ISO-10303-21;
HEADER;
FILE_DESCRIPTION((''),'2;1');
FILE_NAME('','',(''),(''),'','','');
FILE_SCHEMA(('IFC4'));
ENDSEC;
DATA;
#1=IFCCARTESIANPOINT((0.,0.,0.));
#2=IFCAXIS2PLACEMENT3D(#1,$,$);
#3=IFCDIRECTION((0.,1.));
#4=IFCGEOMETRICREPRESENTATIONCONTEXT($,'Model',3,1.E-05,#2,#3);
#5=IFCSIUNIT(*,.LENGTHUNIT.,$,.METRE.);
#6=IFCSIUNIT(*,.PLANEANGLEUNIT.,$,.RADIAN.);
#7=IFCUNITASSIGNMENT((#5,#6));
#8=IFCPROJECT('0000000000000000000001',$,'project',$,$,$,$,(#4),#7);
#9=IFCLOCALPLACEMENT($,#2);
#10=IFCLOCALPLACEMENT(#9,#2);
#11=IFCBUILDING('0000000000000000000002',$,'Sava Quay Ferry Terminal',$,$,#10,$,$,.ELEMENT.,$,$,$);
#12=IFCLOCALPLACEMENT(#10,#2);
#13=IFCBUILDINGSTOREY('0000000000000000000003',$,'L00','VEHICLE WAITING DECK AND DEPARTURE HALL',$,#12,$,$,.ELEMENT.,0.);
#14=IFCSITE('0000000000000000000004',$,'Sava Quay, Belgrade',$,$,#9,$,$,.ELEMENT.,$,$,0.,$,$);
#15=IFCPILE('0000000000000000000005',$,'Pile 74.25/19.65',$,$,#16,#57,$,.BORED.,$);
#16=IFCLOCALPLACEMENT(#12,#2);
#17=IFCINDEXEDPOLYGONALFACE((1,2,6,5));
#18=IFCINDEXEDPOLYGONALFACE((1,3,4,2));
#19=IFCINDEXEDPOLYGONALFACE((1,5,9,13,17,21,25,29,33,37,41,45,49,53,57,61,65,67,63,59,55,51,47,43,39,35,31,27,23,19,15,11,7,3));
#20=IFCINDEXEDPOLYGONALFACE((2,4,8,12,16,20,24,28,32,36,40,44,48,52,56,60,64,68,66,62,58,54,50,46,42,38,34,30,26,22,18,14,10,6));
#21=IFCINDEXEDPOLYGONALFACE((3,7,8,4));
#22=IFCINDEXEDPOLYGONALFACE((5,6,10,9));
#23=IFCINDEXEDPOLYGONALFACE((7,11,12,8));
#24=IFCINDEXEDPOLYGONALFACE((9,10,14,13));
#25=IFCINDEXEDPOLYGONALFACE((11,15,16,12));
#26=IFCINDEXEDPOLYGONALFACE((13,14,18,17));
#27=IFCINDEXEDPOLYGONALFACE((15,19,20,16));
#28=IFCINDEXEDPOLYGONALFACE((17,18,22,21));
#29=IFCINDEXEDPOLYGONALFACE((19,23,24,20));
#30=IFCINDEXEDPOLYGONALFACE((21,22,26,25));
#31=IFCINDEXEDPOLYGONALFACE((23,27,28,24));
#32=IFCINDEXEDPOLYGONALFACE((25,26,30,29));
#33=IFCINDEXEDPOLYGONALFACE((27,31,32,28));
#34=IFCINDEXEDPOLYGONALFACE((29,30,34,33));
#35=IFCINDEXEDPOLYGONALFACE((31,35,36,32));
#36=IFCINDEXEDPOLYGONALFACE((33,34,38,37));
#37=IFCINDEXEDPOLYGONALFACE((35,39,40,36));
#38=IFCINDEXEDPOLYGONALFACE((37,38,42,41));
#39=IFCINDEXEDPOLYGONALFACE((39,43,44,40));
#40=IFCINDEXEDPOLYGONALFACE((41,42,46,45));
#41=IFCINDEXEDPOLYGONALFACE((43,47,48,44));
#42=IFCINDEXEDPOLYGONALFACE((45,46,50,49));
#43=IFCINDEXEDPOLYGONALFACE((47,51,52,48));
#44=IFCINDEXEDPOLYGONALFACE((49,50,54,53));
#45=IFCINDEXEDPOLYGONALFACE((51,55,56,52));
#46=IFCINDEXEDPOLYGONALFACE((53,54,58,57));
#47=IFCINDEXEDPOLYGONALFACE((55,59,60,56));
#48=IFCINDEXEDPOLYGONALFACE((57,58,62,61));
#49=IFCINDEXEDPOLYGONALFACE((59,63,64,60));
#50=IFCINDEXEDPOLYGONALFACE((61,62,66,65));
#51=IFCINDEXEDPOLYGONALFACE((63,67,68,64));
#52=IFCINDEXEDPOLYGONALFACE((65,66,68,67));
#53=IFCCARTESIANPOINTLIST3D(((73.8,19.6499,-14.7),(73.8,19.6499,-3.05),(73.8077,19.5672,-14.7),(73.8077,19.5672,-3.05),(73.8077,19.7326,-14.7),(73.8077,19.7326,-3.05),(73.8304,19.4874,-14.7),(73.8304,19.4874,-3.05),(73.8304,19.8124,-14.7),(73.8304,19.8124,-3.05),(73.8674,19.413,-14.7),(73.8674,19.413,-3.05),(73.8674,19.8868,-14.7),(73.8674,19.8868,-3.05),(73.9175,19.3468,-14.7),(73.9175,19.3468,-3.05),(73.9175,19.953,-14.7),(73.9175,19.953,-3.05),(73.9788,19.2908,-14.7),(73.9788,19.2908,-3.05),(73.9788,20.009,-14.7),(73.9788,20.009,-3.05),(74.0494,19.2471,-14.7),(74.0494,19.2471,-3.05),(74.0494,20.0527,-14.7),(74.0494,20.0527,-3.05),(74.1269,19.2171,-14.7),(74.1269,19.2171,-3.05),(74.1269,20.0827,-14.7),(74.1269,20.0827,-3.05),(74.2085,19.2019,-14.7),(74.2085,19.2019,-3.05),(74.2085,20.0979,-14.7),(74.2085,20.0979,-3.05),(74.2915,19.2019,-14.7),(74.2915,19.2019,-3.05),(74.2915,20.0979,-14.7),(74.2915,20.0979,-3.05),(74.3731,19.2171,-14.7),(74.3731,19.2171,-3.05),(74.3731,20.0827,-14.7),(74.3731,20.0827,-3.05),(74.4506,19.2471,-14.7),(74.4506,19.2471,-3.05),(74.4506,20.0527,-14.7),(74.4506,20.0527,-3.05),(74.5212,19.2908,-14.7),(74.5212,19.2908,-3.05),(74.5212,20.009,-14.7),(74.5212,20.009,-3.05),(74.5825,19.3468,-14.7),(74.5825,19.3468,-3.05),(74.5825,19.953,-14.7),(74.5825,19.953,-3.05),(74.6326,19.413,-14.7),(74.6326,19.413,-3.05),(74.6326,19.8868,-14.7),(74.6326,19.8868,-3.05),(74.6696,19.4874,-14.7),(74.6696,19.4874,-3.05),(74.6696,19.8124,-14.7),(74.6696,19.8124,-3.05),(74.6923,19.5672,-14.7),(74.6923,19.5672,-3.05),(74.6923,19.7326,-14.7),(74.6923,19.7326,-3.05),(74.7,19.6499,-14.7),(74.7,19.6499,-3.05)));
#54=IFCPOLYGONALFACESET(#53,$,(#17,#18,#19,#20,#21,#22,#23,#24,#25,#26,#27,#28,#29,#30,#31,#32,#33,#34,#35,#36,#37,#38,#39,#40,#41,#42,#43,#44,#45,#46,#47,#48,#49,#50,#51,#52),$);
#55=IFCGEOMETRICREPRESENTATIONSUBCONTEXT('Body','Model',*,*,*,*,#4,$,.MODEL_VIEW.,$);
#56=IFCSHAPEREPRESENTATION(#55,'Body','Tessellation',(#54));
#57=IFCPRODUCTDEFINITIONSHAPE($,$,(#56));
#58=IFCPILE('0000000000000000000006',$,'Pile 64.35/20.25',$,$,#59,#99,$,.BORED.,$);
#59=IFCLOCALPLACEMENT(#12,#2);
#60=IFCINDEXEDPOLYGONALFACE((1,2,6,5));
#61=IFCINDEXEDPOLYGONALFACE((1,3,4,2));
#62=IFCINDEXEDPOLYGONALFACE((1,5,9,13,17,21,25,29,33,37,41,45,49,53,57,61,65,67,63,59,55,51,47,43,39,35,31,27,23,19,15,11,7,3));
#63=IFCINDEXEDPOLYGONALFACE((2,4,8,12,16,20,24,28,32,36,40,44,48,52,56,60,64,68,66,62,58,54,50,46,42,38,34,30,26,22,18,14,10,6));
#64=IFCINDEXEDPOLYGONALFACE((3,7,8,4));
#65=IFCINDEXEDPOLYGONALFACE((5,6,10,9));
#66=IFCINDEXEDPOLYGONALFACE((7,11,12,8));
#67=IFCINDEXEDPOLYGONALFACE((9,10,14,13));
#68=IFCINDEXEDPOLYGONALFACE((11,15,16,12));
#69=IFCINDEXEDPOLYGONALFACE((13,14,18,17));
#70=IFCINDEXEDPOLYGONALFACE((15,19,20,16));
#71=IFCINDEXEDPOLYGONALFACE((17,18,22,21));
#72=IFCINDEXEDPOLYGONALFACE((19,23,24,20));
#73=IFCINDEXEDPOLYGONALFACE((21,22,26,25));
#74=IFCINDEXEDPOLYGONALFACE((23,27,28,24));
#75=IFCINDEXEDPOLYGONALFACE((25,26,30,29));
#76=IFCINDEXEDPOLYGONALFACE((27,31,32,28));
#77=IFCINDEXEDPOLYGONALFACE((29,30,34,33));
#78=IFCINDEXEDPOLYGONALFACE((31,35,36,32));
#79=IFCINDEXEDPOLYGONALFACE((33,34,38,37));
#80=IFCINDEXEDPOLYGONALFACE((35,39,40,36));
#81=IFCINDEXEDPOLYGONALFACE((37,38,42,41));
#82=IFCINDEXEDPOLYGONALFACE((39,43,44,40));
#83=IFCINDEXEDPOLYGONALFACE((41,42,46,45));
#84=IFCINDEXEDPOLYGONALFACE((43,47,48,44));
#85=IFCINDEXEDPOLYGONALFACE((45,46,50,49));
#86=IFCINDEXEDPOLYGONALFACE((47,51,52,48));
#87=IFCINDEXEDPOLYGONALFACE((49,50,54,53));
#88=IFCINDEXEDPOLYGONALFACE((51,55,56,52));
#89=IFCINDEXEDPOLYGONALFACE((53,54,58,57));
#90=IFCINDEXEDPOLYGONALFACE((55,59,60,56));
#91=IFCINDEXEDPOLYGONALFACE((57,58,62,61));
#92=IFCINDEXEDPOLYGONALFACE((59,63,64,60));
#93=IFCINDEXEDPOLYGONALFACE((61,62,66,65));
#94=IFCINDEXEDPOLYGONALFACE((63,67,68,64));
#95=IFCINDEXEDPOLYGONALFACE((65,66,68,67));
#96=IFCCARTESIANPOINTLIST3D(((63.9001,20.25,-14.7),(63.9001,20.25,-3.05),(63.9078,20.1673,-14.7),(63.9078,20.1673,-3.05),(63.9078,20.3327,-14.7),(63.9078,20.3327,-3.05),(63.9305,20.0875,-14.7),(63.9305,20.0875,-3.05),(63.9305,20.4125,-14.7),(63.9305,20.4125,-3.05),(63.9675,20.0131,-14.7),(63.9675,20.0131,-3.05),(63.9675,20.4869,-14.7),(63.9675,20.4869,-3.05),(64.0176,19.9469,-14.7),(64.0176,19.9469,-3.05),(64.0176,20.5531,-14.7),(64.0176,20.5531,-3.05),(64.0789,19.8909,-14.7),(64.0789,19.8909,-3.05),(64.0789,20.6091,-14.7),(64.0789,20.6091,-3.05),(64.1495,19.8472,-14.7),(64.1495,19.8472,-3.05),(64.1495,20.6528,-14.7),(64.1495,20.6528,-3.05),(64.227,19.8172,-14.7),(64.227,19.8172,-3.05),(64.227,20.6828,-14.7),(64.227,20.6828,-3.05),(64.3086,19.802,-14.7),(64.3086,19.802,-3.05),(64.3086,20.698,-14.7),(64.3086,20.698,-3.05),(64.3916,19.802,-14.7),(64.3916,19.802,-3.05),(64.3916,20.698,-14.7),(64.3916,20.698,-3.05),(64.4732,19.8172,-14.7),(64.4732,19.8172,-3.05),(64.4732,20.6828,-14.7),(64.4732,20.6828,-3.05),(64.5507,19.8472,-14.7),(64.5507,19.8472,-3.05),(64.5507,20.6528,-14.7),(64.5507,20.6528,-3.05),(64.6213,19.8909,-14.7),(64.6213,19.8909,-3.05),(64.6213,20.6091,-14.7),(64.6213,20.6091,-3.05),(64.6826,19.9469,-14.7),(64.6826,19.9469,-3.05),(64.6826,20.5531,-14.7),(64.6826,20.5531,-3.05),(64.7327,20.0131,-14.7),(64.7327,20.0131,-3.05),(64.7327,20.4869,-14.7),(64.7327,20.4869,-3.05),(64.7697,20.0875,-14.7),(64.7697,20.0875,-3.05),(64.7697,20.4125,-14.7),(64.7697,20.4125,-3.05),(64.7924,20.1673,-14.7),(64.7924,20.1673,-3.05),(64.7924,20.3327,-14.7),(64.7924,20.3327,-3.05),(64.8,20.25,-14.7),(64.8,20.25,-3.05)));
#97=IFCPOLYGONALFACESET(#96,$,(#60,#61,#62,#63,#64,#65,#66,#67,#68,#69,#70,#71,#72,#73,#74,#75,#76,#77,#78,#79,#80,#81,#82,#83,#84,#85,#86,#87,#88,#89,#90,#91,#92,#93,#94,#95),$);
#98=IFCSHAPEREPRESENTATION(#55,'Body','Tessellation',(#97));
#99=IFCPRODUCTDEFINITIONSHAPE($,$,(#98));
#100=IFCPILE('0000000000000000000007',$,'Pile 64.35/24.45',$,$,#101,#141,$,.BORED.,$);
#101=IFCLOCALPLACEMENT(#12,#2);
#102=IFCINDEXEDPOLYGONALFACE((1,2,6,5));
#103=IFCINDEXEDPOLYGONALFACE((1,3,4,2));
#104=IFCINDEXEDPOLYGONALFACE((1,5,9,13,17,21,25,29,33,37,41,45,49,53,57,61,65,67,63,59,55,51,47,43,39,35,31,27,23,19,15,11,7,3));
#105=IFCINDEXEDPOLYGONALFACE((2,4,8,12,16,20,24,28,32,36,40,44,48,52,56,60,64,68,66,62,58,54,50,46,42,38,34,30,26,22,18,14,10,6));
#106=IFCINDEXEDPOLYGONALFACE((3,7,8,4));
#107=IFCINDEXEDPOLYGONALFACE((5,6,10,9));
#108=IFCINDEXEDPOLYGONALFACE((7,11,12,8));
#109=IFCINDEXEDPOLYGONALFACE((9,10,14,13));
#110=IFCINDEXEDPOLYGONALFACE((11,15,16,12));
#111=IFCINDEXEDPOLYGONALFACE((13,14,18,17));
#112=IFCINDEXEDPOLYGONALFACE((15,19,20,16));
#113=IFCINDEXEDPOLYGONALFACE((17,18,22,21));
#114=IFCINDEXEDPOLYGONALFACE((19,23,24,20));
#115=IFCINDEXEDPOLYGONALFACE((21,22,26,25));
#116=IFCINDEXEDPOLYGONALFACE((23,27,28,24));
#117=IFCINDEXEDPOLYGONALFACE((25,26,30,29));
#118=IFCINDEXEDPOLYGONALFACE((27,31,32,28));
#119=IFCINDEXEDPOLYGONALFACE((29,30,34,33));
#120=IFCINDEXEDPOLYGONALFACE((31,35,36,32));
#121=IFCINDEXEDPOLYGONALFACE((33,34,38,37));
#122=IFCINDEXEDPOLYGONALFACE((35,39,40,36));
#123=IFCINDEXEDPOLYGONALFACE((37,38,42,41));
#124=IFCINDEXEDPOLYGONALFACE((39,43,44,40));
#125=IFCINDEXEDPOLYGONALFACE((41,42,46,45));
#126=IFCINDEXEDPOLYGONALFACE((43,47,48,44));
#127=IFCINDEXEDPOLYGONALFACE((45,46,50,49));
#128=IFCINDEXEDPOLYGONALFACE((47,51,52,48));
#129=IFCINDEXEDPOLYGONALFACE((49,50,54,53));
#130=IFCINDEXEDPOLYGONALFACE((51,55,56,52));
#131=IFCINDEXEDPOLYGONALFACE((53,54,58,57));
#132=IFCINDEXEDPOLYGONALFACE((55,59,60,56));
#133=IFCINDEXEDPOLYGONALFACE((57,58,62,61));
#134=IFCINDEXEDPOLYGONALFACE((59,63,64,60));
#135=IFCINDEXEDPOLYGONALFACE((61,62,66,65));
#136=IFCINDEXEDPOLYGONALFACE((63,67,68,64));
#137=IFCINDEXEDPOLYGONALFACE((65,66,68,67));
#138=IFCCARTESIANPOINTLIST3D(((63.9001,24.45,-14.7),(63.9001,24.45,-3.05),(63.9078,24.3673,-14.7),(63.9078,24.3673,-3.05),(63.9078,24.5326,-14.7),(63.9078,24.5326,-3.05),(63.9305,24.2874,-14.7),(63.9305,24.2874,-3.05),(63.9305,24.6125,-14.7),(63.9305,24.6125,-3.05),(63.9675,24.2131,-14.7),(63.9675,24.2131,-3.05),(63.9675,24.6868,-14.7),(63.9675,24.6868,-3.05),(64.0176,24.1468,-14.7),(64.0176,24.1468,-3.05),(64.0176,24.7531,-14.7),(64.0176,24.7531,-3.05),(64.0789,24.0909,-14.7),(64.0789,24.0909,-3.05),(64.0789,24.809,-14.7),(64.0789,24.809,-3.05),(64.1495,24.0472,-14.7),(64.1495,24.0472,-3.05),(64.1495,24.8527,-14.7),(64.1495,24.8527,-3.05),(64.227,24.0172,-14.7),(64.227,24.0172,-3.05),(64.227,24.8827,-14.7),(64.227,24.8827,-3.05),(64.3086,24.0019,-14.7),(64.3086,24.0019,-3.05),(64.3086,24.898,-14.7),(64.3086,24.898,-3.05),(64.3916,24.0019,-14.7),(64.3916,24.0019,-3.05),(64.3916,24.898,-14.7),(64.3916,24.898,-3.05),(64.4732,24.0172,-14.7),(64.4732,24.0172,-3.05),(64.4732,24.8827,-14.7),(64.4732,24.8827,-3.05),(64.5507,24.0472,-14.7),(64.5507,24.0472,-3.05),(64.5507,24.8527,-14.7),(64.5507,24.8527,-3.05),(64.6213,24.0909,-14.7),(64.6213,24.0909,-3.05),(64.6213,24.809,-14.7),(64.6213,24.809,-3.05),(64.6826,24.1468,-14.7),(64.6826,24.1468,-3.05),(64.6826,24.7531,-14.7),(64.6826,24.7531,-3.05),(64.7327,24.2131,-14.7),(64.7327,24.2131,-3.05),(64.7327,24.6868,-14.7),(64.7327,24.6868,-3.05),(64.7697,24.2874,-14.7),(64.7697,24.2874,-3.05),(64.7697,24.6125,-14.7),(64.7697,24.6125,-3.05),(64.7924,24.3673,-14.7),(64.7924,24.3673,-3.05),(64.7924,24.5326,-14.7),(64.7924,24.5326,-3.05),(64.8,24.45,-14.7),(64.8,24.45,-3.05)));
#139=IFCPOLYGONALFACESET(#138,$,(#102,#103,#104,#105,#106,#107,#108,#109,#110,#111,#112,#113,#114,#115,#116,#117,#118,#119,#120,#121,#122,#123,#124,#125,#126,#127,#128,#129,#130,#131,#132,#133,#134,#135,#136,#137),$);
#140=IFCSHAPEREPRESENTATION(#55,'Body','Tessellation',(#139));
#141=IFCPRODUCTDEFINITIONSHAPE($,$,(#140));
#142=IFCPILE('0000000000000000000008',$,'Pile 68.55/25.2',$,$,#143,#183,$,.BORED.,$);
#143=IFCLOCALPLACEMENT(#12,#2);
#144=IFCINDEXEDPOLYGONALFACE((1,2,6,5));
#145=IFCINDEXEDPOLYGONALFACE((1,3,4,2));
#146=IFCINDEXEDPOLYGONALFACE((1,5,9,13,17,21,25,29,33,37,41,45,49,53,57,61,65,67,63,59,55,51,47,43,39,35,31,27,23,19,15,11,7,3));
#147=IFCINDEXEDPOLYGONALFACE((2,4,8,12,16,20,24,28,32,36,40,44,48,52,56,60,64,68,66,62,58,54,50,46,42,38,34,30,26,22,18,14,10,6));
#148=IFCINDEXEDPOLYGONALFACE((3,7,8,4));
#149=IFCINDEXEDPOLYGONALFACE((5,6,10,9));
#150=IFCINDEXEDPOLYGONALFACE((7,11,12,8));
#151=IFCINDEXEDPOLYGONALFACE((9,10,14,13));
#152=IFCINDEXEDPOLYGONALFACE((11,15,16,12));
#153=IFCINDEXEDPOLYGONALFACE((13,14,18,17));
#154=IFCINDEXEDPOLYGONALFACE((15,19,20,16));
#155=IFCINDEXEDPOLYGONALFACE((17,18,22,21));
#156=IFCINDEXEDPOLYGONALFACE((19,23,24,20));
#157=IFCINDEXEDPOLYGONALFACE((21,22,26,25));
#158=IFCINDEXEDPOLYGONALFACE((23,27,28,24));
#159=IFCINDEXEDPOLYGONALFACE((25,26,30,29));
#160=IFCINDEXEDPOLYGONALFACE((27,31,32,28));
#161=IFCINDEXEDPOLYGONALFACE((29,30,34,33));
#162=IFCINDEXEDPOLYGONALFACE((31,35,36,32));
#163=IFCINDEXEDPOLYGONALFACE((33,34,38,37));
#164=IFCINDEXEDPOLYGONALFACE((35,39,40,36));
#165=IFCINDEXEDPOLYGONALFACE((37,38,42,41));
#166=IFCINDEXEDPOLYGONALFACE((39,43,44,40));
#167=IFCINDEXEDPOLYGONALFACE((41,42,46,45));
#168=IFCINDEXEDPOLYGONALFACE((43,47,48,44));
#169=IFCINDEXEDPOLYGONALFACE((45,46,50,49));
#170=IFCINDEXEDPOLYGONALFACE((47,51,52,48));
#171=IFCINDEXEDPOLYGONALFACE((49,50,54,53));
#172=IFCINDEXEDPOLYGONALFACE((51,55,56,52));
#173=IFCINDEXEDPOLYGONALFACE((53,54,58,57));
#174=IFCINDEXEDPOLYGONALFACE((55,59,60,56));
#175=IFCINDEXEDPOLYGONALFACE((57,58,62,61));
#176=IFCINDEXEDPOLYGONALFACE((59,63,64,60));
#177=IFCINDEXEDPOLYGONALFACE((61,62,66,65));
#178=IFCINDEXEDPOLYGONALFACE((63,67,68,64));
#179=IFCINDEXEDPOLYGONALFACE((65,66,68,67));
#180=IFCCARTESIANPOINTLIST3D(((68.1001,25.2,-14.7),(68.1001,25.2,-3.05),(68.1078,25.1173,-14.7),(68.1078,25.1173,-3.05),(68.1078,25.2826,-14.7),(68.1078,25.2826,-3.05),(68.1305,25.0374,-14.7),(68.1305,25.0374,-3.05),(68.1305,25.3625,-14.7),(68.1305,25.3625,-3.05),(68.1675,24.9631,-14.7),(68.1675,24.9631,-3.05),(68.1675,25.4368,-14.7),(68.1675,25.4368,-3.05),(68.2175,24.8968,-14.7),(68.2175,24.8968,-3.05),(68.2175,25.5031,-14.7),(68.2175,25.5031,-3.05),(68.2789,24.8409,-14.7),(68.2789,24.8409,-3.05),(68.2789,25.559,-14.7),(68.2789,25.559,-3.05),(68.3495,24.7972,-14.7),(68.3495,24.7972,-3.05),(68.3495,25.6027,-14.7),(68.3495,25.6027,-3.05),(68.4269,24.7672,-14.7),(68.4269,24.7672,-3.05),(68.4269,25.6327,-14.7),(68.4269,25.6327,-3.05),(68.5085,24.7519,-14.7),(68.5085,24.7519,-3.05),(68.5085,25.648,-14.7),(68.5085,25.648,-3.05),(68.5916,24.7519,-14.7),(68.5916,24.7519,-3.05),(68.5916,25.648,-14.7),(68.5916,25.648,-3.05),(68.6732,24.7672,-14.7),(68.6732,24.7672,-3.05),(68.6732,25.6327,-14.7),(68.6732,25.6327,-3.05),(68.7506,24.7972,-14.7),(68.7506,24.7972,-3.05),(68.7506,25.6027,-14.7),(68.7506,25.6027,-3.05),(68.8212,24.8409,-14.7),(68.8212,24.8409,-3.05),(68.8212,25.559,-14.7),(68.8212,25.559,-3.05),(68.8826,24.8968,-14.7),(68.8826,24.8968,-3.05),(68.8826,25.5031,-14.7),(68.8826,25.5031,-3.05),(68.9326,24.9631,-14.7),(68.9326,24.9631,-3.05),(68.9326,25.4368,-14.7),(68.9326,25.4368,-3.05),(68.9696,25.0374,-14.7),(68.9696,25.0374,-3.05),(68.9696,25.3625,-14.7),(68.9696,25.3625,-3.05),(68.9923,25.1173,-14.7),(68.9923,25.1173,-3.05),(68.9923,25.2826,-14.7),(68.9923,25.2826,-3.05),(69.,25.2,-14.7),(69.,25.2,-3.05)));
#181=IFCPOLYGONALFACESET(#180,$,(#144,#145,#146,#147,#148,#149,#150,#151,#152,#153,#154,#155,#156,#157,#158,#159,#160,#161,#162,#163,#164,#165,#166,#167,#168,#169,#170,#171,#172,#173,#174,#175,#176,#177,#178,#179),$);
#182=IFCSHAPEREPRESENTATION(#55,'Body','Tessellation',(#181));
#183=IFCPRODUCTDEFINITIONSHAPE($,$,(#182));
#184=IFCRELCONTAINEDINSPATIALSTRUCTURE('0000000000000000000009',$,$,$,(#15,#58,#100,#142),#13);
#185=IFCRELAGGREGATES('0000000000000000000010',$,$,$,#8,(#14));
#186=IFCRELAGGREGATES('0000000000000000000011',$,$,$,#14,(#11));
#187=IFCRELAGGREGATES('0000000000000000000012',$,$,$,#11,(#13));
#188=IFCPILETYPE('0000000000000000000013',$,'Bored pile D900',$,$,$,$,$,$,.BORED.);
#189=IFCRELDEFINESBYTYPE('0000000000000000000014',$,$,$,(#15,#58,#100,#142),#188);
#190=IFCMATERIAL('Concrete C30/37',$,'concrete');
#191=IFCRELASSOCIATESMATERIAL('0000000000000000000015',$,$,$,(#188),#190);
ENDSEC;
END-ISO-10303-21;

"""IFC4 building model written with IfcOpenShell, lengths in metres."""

from ifc_helpers import new_model, si_unit, direction, frame, origin, origin_2d, place, context, subcontext, project, spatial, circle, extrude, material, material_profile, profile_set, type_object, element, save


model = new_model("IFC4")

# Units and contexts
model_context = context("Model", 3, precision=1e-05, world=origin(), true_north=direction((0.0, 1.0)))
body_context = subcontext(model_context, "Body", "Model", "MODEL_VIEW")
ifc_project = project(units=[si_unit("LENGTHUNIT", "METRE"), si_unit("PLANEANGLEUNIT", "RADIAN")], contexts=[model_context])

# Site, building, storey
site_placement = place(None, origin())
site = spatial("IfcSite", under=ifc_project, at=site_placement, Name="Sava Quay, Belgrade", CompositionType="ELEMENT", RefElevation=0.0)
building_placement = place(site_placement, origin())
building = spatial("IfcBuilding", under=site, at=building_placement, Name="Sava Quay Ferry Terminal", CompositionType="ELEMENT")
storey_placement = place(building_placement, origin())
storey = spatial("IfcBuildingStorey", under=building, at=storey_placement, Name="L00", Description="VEHICLE WAITING DECK AND DEPARTURE HALL", CompositionType="ELEMENT", Elevation=0.0)

# Piles
ifc_material_1 = material(Name="Concrete C30/37", Category="concrete")
ifc_material_profile_1 = material_profile(ifc_material_1, circle(Radius=0.45, at=origin_2d()), Name="Bored pile D900")
ifc_profile_set_1 = profile_set([ifc_material_profile_1], Name="Concrete C30/37")
pile_type = type_object("IfcPileType", Name="Bored pile D900", PredefinedType="BORED", material=ifc_profile_set_1)
for number, where, z_axis, x_axis, name in (
    (1, (74.25, 19.6499, -3.05), (0.0, 0.0, -1.0), (1.0, 0.0, 0.0), "Pile 74.25/19.65"),
    (2, (64.3501, 20.25, -3.05), (0.0, 0.0, -1.0), (1.0, 0.0, 0.0), "Pile 64.35/20.25"),
    (3, (64.3501, 24.45, -3.05), (0.0, 0.0, -1.0), (1.0, 0.0, 0.0), "Pile 64.35/24.45"),
    (4, (68.55, 25.2, -3.05), (0.0, 0.0, -1.0), (1.0, 0.0, 0.0), "Pile 68.55/25.2"),
):
    element("IfcPile", number, at=place(storey_placement, frame(where, z_axis=z_axis, x_axis=x_axis)), inside=storey, type_object=pile_type, Name=name, PredefinedType="BORED", context=body_context, shape_type="SweptSolid", body=[
        extrude(circle(Radius=0.45, at=origin_2d()), origin(), (0.0, 0.0, 1.0), 11.6499),
    ])

save(model, "model.ifc")
